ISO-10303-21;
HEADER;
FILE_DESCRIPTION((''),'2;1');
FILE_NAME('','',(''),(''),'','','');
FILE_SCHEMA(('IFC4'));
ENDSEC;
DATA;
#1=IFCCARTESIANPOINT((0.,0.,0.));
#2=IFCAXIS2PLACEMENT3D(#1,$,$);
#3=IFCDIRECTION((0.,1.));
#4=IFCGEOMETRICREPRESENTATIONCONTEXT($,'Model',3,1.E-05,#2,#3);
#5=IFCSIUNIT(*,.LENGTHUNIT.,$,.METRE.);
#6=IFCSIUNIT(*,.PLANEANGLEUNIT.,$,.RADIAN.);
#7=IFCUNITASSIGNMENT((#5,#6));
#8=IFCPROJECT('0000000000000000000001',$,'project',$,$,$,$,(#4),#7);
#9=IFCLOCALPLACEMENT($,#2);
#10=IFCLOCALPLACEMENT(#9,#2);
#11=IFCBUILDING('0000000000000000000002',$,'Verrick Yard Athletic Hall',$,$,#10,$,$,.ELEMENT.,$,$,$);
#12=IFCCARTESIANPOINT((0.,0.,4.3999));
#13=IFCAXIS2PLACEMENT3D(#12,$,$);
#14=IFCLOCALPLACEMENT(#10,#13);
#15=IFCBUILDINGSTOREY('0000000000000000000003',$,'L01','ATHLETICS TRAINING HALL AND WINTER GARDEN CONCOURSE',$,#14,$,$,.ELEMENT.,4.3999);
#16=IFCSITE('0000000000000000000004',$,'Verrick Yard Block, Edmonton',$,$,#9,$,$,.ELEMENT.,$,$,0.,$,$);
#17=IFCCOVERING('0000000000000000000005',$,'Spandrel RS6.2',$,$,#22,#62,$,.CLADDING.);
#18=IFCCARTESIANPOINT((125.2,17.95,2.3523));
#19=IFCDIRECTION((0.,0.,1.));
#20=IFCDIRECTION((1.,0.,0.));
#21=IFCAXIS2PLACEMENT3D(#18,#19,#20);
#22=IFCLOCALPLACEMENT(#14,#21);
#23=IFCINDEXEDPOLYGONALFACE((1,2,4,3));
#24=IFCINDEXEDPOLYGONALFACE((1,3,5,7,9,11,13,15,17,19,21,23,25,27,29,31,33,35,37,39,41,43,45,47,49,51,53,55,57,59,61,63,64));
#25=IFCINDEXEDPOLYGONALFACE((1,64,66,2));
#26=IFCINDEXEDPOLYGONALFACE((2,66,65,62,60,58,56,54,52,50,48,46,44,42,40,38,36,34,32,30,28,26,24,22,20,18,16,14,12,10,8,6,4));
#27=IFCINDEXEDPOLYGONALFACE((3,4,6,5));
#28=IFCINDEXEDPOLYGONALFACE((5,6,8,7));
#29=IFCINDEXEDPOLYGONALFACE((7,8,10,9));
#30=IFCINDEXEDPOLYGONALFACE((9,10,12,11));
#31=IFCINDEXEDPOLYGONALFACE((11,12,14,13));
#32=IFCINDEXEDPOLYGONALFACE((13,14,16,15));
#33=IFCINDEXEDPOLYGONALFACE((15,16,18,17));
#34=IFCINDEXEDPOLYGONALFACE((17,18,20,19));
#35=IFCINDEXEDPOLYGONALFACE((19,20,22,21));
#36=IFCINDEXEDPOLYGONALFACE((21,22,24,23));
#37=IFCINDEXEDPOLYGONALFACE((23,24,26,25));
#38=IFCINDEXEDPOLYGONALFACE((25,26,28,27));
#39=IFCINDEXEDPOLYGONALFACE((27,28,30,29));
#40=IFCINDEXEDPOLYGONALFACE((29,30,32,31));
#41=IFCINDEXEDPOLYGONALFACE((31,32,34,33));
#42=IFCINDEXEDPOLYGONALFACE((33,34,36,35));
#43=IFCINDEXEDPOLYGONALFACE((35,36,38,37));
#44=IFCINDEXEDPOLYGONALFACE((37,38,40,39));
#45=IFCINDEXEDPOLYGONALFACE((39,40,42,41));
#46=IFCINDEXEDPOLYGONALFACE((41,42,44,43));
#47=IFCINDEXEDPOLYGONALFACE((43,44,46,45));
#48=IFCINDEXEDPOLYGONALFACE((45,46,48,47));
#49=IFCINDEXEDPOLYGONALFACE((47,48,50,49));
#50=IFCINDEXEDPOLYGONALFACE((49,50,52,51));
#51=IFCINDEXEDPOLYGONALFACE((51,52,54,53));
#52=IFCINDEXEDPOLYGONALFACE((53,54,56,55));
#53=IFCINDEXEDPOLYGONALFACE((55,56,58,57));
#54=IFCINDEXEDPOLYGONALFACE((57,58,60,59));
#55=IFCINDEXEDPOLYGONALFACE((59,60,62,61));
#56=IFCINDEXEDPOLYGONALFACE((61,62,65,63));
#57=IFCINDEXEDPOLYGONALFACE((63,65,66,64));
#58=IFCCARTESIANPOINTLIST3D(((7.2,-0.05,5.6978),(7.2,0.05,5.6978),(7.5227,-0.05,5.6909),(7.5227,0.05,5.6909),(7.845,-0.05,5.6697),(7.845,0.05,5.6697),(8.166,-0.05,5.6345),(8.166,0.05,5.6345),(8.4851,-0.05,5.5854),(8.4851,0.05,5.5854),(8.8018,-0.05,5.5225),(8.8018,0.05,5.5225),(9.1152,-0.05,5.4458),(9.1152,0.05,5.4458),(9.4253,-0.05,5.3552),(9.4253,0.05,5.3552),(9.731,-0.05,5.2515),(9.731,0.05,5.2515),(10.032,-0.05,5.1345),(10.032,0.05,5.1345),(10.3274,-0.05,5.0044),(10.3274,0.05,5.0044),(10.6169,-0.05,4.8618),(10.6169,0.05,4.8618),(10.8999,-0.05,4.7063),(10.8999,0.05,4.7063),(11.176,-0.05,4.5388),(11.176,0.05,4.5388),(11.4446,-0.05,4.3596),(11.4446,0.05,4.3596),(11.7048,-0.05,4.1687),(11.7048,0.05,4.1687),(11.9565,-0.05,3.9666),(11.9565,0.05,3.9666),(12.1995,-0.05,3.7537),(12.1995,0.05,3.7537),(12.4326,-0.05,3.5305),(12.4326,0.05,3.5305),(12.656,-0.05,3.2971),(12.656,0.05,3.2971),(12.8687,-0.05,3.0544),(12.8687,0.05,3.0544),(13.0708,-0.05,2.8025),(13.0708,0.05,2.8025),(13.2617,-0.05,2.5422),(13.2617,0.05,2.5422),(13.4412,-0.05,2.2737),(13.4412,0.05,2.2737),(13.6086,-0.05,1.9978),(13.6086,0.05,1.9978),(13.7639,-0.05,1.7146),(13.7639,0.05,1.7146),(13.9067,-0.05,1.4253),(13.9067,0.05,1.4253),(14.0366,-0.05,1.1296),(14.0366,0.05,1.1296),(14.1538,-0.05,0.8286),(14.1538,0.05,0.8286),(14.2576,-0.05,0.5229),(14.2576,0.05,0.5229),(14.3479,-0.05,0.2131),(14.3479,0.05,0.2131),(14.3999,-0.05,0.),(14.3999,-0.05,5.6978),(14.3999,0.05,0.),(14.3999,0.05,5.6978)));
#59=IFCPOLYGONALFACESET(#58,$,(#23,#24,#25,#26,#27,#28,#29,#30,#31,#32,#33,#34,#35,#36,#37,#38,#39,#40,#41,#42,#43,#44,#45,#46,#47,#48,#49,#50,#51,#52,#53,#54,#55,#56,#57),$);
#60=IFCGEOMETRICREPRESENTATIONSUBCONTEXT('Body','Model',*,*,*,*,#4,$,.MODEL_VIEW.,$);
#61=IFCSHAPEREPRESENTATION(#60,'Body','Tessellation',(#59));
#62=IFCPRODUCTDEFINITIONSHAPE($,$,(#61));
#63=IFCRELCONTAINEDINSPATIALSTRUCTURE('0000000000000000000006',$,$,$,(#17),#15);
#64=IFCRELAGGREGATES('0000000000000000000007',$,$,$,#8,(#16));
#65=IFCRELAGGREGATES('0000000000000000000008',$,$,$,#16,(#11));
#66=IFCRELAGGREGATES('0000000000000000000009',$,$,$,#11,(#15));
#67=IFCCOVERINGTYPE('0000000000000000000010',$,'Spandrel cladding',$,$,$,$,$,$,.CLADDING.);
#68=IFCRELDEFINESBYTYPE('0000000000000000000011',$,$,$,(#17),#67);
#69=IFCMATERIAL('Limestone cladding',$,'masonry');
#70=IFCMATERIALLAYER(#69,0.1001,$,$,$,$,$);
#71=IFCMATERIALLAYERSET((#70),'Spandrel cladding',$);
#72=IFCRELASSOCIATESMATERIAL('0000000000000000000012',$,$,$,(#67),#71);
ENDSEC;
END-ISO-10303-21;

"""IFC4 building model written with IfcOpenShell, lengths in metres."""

from ifc_helpers import new_model, si_unit, direction, frame, origin, place, context, subcontext, project, spatial, polyline, outline, extrude, material, layer, layer_set, type_object, element, save


model = new_model("IFC4")

# Units and contexts
model_context = context("Model", 3, precision=1e-05, world=origin(), true_north=direction((0.0, 1.0)))
body_context = subcontext(model_context, "Body", "Model", "MODEL_VIEW")
ifc_project = project(units=[si_unit("LENGTHUNIT", "METRE"), si_unit("PLANEANGLEUNIT", "RADIAN")], contexts=[model_context])

# Site, building, storey
site_placement = place(None, origin())
site = spatial("IfcSite", under=ifc_project, at=site_placement, Name="Verrick Yard Block, Edmonton", CompositionType="ELEMENT", RefElevation=0.0)
building_placement = place(site_placement, origin())
building = spatial("IfcBuilding", under=site, at=building_placement, Name="Verrick Yard Athletic Hall", CompositionType="ELEMENT")
storey_placement = place(building_placement, frame((0.0, 0.0, 4.3999)))
storey = spatial("IfcBuildingStorey", under=building, at=storey_placement, Name="L01", Description="ATHLETICS TRAINING HALL AND WINTER GARDEN CONCOURSE", CompositionType="ELEMENT", Elevation=4.3999)

# Covering
ifc_material_1 = material(Name="Limestone cladding", Category="masonry")
ifc_layer_1 = layer(ifc_material_1, 0.1001)
ifc_layer_set_1 = layer_set([ifc_layer_1], Name="Spandrel cladding")
covering_type_1 = type_object("IfcCoveringType", Name="Spandrel cladding", PredefinedType="CLADDING", material=ifc_layer_set_1)
covering_1_placement = place(storey_placement, frame((125.2, 17.95, 2.3523), z_axis=(0.0, 0.0, 1.0), x_axis=(1.0, 0.0, 0.0)))
element("IfcCovering", 1, at=covering_1_placement, inside=storey, type_object=covering_type_1, Name="Spandrel RS6.2", PredefinedType="CLADDING", context=body_context, shape_type="SweptSolid", body=[
    extrude(outline(polyline([(7.2, 5.6978), (7.5227, 5.6909), (7.845, 5.6697), (8.166, 5.6345), (8.4851, 5.5854), (8.8018, 5.5225), (9.1152, 5.4458), (9.4253, 5.3552), (9.731, 5.2515), (10.032, 5.1345), (10.3274, 5.0044), (10.6169, 4.8618), (10.8999, 4.7063), (11.176, 4.5388), (11.4446, 4.3596), (11.7048, 4.1687), (11.9565, 3.9666), (12.1995, 3.7537), (12.4326, 3.5305), (12.656, 3.2971), (12.8687, 3.0544), (13.0708, 2.8025), (13.2617, 2.5422), (13.4412, 2.2737), (13.6086, 1.9978), (13.7639, 1.7146), (13.9067, 1.4253), (14.0366, 1.1296), (14.1538, 0.8286), (14.2576, 0.5229), (14.3479, 0.2131), (14.3999, 0.0), (14.3999, 5.6978), (7.2, 5.6978)])), frame((0.0, 0.05, 0.0), z_axis=(0.0, -1.0, 0.0), x_axis=(1.0, 0.0, 0.0)), (0.0, 0.0, 1.0), 0.1001),
])

save(model, "model.ifc")
